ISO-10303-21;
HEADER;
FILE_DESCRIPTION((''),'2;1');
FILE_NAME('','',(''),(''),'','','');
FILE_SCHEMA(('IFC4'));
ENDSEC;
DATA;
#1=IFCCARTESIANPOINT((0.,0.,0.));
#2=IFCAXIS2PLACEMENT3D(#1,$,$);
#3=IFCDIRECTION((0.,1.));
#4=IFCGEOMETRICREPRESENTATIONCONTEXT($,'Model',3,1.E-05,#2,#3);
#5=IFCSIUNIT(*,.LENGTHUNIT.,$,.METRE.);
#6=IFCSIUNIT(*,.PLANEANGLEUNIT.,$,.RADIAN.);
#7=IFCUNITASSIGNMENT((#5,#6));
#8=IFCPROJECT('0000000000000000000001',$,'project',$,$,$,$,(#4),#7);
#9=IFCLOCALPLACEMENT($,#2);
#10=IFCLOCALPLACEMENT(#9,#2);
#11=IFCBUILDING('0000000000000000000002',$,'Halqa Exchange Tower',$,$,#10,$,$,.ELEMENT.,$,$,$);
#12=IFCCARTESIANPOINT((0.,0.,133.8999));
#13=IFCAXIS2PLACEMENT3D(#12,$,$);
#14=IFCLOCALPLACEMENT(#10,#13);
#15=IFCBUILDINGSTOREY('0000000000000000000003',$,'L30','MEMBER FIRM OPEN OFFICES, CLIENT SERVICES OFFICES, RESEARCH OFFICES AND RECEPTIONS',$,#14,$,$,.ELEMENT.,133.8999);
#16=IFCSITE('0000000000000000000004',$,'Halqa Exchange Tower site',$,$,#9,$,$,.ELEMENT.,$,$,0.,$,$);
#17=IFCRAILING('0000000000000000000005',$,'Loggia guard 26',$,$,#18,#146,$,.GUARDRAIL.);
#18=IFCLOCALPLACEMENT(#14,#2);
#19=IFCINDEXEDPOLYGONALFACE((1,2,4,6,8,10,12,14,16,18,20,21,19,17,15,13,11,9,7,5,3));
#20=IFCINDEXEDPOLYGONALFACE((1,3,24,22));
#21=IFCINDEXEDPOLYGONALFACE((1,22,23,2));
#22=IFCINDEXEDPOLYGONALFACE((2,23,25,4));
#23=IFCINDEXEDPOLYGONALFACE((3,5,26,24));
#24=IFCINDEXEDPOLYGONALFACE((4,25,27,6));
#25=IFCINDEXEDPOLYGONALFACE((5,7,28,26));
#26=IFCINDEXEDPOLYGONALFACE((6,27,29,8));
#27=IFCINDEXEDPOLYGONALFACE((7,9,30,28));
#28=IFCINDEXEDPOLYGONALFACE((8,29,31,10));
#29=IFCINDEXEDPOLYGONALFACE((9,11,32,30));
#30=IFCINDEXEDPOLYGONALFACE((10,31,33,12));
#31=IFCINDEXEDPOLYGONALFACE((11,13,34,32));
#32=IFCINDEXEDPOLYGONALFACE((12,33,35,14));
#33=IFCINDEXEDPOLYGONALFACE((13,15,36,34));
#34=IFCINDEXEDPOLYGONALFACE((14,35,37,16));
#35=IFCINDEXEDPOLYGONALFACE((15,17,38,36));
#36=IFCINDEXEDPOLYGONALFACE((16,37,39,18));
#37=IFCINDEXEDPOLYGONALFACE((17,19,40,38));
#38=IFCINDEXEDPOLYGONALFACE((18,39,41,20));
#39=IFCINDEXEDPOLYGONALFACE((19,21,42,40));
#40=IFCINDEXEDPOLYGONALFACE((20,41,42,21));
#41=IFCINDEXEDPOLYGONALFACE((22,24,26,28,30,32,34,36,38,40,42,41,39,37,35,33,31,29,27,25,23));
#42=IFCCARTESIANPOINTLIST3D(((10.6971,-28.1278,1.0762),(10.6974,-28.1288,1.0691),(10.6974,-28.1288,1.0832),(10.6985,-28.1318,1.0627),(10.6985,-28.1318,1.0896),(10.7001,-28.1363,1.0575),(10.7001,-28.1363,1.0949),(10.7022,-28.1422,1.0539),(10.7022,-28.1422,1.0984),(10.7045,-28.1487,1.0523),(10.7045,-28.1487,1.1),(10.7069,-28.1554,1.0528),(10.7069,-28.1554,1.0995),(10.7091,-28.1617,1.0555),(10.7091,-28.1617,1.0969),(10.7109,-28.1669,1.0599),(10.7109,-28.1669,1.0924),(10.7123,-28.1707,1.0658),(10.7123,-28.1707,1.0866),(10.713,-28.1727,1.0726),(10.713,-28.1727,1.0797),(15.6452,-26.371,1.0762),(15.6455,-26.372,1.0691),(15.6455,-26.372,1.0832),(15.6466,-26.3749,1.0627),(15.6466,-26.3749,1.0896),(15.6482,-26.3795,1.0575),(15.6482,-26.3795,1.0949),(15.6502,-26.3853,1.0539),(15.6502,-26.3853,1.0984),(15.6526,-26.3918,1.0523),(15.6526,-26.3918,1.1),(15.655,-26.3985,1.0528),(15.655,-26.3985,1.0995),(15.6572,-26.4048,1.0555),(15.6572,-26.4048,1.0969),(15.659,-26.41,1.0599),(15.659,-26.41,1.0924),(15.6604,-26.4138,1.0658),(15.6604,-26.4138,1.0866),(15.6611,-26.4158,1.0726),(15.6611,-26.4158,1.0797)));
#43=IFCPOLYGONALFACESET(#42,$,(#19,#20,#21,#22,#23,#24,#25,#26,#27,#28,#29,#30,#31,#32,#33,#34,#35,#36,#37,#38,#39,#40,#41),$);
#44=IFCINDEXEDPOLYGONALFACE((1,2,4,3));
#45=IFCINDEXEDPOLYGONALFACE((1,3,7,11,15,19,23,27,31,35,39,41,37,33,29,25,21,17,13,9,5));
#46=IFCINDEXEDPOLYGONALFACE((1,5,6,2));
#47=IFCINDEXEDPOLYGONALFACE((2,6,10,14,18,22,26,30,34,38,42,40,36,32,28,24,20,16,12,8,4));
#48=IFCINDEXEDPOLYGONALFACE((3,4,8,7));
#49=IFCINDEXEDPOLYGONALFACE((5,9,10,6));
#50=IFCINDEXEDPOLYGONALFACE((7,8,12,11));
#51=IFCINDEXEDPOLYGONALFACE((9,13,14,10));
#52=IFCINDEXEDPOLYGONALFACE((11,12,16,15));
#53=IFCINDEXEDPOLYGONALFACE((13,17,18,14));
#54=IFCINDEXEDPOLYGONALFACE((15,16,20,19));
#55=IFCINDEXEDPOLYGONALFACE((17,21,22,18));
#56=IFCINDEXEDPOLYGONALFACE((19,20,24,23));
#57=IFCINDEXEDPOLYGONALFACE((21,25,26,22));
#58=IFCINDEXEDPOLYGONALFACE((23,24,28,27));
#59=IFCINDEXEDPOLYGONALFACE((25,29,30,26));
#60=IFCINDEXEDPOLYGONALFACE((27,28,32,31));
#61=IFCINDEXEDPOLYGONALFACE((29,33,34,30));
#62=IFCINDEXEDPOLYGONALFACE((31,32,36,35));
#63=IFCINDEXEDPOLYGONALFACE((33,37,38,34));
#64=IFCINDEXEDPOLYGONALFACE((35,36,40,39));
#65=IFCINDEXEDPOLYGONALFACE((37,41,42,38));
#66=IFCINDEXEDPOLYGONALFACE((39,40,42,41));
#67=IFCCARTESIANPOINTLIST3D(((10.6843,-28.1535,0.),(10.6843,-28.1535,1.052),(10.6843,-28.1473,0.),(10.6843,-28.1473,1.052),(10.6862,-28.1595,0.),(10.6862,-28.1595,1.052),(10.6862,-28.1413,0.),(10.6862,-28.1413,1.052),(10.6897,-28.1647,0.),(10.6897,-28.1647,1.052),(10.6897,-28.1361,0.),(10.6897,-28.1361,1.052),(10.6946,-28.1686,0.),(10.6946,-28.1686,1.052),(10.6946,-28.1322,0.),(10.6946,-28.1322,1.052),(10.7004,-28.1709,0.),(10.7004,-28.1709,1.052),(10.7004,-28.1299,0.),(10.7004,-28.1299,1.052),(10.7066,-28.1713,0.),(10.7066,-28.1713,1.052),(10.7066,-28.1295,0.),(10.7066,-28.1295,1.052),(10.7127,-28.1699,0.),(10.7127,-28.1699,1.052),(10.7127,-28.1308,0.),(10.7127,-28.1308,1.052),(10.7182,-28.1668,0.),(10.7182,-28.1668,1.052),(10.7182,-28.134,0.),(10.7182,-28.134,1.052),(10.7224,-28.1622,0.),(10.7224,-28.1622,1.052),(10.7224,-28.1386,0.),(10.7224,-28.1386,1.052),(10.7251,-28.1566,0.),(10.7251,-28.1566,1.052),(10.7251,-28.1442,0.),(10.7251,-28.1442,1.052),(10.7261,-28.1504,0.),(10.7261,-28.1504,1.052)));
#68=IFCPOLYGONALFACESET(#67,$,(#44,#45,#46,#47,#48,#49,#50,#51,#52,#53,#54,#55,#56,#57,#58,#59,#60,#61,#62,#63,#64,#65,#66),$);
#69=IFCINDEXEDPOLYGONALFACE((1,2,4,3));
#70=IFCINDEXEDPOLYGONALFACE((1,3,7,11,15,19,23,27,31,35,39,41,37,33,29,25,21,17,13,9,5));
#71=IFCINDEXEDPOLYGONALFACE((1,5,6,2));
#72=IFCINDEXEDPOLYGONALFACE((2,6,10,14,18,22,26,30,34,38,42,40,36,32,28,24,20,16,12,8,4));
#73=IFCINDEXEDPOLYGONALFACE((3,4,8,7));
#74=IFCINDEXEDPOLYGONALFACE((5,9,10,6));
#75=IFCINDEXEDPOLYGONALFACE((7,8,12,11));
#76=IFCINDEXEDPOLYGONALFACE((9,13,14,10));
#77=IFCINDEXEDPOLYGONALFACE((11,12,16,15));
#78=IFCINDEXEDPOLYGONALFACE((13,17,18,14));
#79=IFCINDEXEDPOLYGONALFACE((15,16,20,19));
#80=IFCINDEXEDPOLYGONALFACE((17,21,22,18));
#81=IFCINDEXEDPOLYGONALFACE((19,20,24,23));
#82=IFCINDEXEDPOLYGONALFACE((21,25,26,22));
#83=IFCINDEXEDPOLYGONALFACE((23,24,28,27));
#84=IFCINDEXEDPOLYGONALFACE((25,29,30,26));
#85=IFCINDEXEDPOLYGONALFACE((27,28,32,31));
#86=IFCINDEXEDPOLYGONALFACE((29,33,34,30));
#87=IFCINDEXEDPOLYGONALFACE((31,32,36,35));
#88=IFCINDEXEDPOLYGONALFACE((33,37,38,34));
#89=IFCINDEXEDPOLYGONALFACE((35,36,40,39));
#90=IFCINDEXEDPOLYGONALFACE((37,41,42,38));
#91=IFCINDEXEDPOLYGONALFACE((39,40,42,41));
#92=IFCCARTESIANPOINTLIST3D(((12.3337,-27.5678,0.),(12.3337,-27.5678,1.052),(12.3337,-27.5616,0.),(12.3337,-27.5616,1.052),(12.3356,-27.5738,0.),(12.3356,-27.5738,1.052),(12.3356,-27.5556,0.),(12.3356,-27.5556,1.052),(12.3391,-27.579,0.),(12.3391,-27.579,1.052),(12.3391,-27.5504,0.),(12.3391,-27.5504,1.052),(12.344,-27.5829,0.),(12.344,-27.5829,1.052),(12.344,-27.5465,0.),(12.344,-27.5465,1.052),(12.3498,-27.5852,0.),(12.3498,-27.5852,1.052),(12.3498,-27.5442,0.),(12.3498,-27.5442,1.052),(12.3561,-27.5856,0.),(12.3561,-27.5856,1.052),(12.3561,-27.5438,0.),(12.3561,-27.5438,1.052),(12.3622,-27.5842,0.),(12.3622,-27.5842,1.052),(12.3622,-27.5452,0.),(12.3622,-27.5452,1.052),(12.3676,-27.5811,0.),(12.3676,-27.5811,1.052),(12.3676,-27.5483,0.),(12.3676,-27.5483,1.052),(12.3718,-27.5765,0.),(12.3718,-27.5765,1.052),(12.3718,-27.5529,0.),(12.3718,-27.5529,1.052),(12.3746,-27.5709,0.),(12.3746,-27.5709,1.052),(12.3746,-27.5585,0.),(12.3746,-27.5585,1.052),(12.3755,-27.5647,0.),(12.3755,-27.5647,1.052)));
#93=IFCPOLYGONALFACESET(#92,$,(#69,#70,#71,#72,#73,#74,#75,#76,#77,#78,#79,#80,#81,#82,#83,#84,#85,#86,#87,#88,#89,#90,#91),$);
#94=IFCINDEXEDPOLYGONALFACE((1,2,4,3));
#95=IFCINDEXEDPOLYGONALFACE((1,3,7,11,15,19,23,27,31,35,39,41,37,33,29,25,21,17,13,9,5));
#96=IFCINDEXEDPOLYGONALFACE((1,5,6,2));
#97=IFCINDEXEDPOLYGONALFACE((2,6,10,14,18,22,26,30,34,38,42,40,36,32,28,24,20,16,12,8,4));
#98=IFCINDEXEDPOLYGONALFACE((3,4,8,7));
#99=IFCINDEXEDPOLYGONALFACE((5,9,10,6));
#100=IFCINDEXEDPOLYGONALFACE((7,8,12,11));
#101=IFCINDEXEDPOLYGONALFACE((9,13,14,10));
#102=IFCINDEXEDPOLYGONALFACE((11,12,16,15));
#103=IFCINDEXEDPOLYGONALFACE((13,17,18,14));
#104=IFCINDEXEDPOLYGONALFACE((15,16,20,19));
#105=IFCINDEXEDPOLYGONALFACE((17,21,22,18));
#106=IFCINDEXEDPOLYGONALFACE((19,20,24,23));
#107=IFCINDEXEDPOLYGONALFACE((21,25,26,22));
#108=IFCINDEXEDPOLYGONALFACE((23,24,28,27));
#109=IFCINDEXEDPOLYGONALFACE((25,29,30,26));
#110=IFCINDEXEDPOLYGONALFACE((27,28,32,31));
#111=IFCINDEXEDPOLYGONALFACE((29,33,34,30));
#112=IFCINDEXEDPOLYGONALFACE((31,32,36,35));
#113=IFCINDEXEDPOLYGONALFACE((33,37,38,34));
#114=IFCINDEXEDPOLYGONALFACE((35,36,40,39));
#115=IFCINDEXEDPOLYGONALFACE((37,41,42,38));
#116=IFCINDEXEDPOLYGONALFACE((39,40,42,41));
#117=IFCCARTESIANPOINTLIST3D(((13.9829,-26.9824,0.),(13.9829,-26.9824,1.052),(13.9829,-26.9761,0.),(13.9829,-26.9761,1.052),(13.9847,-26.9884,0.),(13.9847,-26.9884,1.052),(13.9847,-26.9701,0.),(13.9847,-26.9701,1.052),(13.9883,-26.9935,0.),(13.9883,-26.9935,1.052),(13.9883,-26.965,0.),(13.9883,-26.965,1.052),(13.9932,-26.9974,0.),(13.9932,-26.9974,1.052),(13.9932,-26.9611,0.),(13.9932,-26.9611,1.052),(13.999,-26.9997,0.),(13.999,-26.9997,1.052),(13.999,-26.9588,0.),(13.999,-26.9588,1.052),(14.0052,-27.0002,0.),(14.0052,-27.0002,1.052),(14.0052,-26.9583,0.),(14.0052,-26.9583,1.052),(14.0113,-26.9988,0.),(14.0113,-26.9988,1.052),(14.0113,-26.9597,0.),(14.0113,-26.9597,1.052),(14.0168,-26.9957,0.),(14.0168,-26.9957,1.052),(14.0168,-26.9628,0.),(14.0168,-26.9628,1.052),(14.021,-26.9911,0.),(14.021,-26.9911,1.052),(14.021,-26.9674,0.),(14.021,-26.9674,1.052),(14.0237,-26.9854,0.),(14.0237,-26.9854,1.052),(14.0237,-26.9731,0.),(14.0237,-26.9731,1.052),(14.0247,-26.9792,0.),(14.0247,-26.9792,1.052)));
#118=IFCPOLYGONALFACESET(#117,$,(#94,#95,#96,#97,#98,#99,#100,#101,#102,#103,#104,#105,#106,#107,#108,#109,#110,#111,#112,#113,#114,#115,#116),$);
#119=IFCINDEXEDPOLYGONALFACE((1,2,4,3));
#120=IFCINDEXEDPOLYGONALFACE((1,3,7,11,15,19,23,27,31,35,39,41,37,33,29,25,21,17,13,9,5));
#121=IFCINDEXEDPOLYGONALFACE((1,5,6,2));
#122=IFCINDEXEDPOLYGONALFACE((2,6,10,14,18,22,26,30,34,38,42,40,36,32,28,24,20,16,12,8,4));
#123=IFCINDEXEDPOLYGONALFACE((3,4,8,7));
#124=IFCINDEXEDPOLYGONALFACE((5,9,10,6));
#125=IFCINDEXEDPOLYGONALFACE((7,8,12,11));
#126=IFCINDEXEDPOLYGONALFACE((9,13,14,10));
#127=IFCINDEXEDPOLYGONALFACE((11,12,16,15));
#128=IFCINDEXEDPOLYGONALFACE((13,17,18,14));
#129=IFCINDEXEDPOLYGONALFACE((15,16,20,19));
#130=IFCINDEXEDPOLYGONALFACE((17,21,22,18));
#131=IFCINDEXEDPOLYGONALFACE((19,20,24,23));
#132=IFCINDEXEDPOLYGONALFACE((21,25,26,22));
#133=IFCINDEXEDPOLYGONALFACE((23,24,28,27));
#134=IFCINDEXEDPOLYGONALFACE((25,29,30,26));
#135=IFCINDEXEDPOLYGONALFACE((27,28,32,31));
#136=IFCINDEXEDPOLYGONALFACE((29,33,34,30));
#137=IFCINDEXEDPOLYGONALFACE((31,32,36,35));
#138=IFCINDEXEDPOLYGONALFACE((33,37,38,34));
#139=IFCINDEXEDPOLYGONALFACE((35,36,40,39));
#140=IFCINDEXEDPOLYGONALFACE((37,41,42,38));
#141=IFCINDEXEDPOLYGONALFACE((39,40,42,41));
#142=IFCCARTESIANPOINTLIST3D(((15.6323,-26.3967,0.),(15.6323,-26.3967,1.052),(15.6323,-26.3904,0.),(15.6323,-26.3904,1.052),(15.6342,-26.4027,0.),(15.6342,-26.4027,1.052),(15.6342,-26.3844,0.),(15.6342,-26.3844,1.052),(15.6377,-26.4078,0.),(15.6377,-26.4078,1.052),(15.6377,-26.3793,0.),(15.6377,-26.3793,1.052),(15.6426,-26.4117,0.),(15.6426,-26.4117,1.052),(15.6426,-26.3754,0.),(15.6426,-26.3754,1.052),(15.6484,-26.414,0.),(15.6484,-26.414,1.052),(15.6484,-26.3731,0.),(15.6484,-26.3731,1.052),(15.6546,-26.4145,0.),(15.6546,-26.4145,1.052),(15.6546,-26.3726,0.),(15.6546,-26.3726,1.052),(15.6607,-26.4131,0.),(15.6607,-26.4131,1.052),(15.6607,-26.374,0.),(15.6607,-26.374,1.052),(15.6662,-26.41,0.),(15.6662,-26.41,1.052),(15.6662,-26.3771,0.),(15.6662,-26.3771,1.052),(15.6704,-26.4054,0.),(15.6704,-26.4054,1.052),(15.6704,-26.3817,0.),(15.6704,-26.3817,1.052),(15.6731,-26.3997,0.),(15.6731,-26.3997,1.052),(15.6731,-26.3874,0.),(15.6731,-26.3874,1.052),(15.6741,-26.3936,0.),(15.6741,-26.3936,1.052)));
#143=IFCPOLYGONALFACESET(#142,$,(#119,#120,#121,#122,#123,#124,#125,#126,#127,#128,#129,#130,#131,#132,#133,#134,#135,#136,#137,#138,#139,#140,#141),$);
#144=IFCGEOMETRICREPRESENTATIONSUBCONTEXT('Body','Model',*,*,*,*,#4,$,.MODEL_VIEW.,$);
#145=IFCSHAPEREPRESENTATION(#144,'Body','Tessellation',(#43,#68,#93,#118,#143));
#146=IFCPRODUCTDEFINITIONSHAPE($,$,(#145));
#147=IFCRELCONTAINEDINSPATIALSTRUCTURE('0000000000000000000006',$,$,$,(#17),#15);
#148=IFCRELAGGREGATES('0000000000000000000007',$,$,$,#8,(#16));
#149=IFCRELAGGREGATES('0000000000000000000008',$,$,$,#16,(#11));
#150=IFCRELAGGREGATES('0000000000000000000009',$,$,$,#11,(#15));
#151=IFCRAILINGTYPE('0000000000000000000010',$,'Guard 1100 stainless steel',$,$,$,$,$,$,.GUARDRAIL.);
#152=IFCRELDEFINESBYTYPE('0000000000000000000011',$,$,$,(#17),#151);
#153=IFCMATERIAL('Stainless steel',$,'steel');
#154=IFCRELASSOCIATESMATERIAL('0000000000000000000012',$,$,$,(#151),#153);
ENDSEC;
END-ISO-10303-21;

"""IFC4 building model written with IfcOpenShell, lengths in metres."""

from ifc_helpers import new_model, si_unit, direction, frame, origin, origin_2d, place, context, subcontext, project, spatial, circle, extrude, material, type_object, element, save


model = new_model("IFC4")

# Units and contexts
model_context = context("Model", 3, precision=1e-05, world=origin(), true_north=direction((0.0, 1.0)))
body_context = subcontext(model_context, "Body", "Model", "MODEL_VIEW")
ifc_project = project(units=[si_unit("LENGTHUNIT", "METRE"), si_unit("PLANEANGLEUNIT", "RADIAN")], contexts=[model_context])

# Site, building, storey
site_placement = place(None, origin())
site = spatial("IfcSite", under=ifc_project, at=site_placement, Name="Halqa Exchange Tower site", CompositionType="ELEMENT", RefElevation=0.0)
building_placement = place(site_placement, origin())
building = spatial("IfcBuilding", under=site, at=building_placement, Name="Halqa Exchange Tower", CompositionType="ELEMENT")
storey_placement = place(building_placement, frame((0.0, 0.0, 133.8999)))
storey = spatial("IfcBuildingStorey", under=building, at=storey_placement, Name="L30", Description="MEMBER FIRM OPEN OFFICES, CLIENT SERVICES OFFICES, RESEARCH OFFICES AND RECEPTIONS", CompositionType="ELEMENT", Elevation=133.8999)

# Railing
ifc_material_1 = material(Name="Stainless steel", Category="steel")
railing_type = type_object("IfcRailingType", Name="Guard 1100 stainless steel", PredefinedType="GUARDRAIL", material=ifc_material_1)
railing_1_placement = place(storey_placement, frame((10.7051, -28.1504, 0.0)))
element("IfcRailing", 1, at=railing_1_placement, inside=storey, type_object=railing_type, Name="Loggia guard 26", PredefinedType="GUARDRAIL", context=body_context, shape_type="SweptSolid", body=[
    extrude(circle(Radius=0.0239, at=origin_2d()), frame((0.0, 0.0, 1.0762), z_axis=(0.942362, 0.334595, 0.0), x_axis=(-0.334595, 0.942362, 0.0)), (0.0, 0.0, 1.0), 5.2507),
    extrude(circle(Radius=0.021, at=origin_2d()), origin(), (0.0, 0.0, 1.0), 1.052),
    extrude(circle(Radius=0.021, at=origin_2d()), frame((1.6494, 0.5857, 0.0)), (0.0, 0.0, 1.0), 1.052),
    extrude(circle(Radius=0.021, at=origin_2d()), frame((3.2986, 1.1711, 0.0)), (0.0, 0.0, 1.0), 1.052),
    extrude(circle(Radius=0.021, at=origin_2d()), frame((4.948, 1.7568, 0.0)), (0.0, 0.0, 1.0), 1.052),
])

save(model, "model.ifc")
